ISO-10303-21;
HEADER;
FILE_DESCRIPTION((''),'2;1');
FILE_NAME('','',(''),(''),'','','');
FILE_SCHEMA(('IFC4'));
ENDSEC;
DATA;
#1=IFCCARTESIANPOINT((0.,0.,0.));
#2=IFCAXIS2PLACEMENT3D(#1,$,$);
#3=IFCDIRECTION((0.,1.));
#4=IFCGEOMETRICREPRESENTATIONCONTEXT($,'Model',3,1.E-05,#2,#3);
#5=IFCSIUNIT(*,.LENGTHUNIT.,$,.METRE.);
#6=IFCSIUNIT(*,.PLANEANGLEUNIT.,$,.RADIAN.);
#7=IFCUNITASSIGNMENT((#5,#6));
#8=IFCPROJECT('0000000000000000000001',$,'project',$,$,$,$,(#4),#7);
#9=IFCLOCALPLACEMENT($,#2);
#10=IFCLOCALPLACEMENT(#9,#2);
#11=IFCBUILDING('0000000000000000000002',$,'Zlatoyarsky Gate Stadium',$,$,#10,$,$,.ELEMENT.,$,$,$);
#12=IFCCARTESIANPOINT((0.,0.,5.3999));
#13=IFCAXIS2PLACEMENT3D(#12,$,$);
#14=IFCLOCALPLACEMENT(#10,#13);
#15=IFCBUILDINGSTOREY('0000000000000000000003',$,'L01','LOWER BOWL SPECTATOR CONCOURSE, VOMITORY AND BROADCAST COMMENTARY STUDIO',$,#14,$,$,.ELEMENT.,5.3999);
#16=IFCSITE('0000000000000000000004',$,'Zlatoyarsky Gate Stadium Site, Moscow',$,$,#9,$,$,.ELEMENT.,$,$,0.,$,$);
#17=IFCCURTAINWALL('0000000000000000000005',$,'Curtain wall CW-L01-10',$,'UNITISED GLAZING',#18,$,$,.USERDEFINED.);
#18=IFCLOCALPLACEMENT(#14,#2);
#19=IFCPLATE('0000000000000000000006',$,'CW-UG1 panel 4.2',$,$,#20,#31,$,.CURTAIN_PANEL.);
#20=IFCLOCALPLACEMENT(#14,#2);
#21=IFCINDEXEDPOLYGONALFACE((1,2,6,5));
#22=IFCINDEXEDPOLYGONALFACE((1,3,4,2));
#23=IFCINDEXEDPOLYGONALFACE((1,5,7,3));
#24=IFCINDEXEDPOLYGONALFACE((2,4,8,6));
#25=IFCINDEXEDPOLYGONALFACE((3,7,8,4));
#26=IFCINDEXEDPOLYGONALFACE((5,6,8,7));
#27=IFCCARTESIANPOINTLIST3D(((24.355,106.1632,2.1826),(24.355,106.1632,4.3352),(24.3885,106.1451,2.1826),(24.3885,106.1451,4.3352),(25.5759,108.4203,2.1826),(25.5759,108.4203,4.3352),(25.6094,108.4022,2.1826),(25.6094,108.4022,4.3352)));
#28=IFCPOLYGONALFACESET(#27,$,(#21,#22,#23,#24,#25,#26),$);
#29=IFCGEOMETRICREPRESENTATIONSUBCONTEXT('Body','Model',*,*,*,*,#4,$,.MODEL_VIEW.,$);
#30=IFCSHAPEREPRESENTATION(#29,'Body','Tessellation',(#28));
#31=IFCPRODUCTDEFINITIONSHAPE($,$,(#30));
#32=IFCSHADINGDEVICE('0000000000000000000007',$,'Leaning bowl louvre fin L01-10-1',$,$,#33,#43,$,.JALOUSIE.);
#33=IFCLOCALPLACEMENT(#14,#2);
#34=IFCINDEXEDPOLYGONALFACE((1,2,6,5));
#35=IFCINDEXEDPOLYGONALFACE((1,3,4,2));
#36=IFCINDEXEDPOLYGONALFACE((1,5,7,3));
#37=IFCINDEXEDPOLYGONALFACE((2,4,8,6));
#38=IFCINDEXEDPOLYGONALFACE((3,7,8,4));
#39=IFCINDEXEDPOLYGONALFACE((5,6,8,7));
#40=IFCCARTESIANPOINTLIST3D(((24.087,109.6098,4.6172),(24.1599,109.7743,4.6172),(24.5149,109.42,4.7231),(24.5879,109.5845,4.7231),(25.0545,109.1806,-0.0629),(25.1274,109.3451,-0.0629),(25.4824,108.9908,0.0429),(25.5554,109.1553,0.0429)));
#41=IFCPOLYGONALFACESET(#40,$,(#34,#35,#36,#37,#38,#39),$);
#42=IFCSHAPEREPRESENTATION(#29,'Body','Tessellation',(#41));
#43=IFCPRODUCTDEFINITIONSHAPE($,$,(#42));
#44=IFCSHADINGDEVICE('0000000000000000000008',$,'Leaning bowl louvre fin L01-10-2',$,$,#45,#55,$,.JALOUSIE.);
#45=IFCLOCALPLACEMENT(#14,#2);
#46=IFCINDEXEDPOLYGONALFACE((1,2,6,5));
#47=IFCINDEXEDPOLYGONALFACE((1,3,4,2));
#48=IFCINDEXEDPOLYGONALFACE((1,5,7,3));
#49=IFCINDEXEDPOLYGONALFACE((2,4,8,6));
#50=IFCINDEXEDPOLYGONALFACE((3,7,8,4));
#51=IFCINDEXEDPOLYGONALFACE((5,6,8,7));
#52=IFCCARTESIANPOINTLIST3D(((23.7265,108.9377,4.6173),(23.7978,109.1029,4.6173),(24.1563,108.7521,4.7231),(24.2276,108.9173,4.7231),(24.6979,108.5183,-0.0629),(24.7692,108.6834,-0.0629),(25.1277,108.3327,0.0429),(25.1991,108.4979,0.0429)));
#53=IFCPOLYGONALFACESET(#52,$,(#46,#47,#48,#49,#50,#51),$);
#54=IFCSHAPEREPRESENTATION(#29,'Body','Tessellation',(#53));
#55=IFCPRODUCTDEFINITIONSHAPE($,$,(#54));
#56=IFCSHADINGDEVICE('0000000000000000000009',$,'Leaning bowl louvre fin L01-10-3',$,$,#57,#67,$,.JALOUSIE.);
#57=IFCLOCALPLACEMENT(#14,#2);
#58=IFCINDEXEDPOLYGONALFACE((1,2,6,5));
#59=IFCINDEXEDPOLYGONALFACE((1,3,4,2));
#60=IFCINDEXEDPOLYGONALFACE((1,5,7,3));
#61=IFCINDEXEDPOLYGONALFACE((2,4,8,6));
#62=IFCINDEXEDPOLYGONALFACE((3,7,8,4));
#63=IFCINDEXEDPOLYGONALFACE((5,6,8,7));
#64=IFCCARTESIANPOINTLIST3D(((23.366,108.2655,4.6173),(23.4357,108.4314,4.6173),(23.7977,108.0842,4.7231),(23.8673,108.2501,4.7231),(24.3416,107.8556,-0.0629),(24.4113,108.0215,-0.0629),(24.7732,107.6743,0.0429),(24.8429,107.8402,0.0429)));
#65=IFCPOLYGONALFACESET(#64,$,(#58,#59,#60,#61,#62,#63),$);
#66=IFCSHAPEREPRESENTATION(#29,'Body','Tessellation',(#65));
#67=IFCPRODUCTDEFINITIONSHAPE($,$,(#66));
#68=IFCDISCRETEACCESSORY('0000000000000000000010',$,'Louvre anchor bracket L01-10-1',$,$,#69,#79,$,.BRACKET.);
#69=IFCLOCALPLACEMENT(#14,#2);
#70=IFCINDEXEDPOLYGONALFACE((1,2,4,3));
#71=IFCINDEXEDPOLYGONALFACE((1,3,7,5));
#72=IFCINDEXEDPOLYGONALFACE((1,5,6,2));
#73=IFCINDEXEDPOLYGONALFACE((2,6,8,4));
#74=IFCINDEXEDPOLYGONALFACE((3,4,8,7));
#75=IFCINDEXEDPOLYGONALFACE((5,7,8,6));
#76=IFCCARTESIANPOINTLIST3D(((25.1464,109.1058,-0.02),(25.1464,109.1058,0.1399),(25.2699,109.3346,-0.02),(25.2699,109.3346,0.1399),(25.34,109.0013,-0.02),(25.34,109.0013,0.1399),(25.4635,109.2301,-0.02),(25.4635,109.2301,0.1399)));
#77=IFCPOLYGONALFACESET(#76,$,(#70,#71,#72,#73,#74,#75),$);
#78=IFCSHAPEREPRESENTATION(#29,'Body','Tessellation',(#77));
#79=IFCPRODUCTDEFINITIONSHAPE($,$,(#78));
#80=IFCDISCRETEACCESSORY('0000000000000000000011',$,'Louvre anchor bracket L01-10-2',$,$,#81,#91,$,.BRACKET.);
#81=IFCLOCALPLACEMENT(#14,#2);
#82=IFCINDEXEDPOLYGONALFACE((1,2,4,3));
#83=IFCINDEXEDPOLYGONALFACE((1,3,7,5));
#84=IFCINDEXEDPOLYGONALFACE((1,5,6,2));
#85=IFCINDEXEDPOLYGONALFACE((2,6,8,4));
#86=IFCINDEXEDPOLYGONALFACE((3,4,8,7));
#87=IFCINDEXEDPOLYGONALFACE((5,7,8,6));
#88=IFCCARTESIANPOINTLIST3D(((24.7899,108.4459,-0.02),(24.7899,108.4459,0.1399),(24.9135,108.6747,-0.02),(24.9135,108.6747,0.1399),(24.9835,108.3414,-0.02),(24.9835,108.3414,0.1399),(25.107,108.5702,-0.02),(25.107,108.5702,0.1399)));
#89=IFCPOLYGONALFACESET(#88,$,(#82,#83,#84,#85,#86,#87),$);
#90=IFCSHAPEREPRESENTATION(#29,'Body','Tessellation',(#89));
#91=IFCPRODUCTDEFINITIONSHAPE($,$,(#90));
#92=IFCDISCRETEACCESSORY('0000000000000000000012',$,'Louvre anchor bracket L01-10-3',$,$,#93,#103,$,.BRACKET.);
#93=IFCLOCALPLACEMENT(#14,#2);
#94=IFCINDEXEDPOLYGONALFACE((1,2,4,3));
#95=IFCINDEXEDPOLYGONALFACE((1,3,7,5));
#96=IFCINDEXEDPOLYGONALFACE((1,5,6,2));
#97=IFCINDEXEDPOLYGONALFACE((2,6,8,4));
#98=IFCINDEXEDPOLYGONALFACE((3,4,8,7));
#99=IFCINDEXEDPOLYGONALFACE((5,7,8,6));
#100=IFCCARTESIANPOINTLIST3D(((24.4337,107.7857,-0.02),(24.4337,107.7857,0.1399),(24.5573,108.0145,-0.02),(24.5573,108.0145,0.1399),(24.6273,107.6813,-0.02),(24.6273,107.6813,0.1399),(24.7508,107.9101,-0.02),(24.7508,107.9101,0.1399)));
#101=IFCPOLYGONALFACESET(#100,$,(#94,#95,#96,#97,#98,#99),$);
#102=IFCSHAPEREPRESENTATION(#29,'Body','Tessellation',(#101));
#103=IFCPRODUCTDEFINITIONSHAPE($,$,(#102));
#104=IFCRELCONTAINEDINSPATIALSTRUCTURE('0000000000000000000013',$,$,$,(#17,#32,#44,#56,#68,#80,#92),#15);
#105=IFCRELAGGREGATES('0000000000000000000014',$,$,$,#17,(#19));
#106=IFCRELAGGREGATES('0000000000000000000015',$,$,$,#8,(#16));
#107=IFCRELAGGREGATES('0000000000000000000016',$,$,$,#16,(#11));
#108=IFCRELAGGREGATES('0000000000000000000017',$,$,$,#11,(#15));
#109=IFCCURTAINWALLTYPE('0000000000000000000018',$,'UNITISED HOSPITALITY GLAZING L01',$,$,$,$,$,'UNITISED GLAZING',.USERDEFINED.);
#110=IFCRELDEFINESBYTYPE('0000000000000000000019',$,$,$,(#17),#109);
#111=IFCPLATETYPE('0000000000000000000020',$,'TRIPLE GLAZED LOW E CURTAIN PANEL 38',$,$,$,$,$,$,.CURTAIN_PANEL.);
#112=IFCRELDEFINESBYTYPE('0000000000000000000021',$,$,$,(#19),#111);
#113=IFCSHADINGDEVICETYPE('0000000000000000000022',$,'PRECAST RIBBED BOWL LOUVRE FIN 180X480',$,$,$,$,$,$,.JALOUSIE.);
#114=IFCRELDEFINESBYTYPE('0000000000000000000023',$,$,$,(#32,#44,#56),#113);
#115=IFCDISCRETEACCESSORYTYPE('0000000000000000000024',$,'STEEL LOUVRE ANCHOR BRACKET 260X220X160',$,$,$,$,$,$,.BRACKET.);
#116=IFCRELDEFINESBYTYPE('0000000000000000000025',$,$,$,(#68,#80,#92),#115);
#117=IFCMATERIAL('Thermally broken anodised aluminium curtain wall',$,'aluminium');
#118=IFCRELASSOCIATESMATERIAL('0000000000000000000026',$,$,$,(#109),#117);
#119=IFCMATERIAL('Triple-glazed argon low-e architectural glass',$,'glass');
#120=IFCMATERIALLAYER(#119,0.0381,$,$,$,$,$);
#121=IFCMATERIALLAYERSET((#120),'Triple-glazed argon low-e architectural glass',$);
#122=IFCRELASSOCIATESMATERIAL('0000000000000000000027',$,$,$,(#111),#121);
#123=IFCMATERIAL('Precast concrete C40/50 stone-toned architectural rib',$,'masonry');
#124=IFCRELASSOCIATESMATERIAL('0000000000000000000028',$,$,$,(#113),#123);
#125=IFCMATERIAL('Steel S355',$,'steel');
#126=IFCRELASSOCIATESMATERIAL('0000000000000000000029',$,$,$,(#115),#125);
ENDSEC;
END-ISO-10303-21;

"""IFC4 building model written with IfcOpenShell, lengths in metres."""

from ifc_helpers import new_model, si_unit, direction, frame, origin, origin_2d, place, context, subcontext, project, spatial, rectangle, extrude, material, layer, layer_set, material_profile, profile_set, type_object, element, aggregate, save


model = new_model("IFC4")

# Units and contexts
model_context = context("Model", 3, precision=1e-05, world=origin(), true_north=direction((0.0, 1.0)))
body_context = subcontext(model_context, "Body", "Model", "MODEL_VIEW")
ifc_project = project(units=[si_unit("LENGTHUNIT", "METRE"), si_unit("PLANEANGLEUNIT", "RADIAN")], contexts=[model_context])

# Site, building, storey
site_placement = place(None, origin())
site = spatial("IfcSite", under=ifc_project, at=site_placement, Name="Zlatoyarsky Gate Stadium Site, Moscow", CompositionType="ELEMENT", RefElevation=0.0)
building_placement = place(site_placement, origin())
building = spatial("IfcBuilding", under=site, at=building_placement, Name="Zlatoyarsky Gate Stadium", CompositionType="ELEMENT")
storey_placement = place(building_placement, frame((0.0, 0.0, 5.3999)))
storey = spatial("IfcBuildingStorey", under=building, at=storey_placement, Name="L01", Description="LOWER BOWL SPECTATOR CONCOURSE, VOMITORY AND BROADCAST COMMENTARY STUDIO", CompositionType="ELEMENT", Elevation=5.3999)

# Curtain wall
ifc_material_1 = material(Name="Thermally broken anodised aluminium curtain wall", Category="aluminium")
curtain_wall_type = type_object("IfcCurtainWallType", Name="UNITISED HOSPITALITY GLAZING L01", ElementType="UNITISED GLAZING", PredefinedType="USERDEFINED", material=ifc_material_1)
curtain_wall_placement = place(storey_placement, origin())
curtain_wall = element("IfcCurtainWall", 1, at=curtain_wall_placement, inside=storey, type_object=curtain_wall_type, Name="Curtain wall CW-L01-10", ObjectType="UNITISED GLAZING", PredefinedType="USERDEFINED")

# Shared definitions
ifc_material_2 = material(Name="Steel S355", Category="steel")

# Plate
ifc_material_3 = material(Name="Triple-glazed argon low-e architectural glass", Category="glass")
ifc_layer_1 = layer(ifc_material_3, 0.0381)
ifc_layer_set_1 = layer_set([ifc_layer_1], Name="Triple-glazed argon low-e architectural glass")
plate_type_1 = type_object("IfcPlateType", Name="TRIPLE GLAZED LOW E CURTAIN PANEL 38", PredefinedType="CURTAIN_PANEL", material=ifc_layer_set_1)
plate_1_placement = place(storey_placement, frame((24.9822, 107.2827, 2.1826), z_axis=(0.0, 0.0, 1.0), x_axis=(-0.475784, -0.879562, 0.0)))
plate_1 = element("IfcPlate", 2, at=plate_1_placement, type_object=plate_type_1, Name="CW-UG1 panel 4.2", PredefinedType="CURTAIN_PANEL", context=body_context, shape_type="SweptSolid", body=[
    extrude(rectangle(XDim=2.5662, YDim=0.0381, at=origin_2d()), origin(), (0.0, 0.0, 1.0), 2.1526),
])
aggregate(curtain_wall, [plate_1])

# Shading devices
ifc_material_4 = material(Name="Precast concrete C40/50 stone-toned architectural rib", Category="masonry")
ifc_material_profile_1 = material_profile(ifc_material_4, rectangle(XDim=0.1799, YDim=0.48, at=origin_2d()), Name="RIB 180X480")
ifc_profile_set_1 = profile_set([ifc_material_profile_1], Name="Precast concrete C40/50 stone-toned architectural rib")
shading_device_type = type_object("IfcShadingDeviceType", Name="PRECAST RIBBED BOWL LOUVRE FIN 180X480", PredefinedType="JALOUSIE", material=ifc_profile_set_1)
for number, where, z_axis, x_axis, name in (
    (3, (25.3049, 109.168, -0.01), (-0.201637, 0.089447, 0.975368), (-0.405496, -0.914097, 0.0), "Leaning bowl louvre fin L01-10-1"),
    (4, (24.9485, 108.5081, -0.01), (-0.202454, 0.087413, 0.975383), (-0.396396, -0.91808, 0.0), "Leaning bowl louvre fin L01-10-2"),
    (5, (24.5923, 107.8479, -0.01), (-0.203318, 0.085428, 0.975379), (-0.387366, -0.921926, 0.0), "Leaning bowl louvre fin L01-10-3"),
):
    element("IfcShadingDevice", number, at=place(storey_placement, frame(where, z_axis=z_axis, x_axis=x_axis)), inside=storey, type_object=shading_device_type, Name=name, PredefinedType="JALOUSIE", context=body_context, shape_type="SweptSolid", body=[
        extrude(rectangle(XDim=0.1799, YDim=0.48, at=origin_2d()), origin(), (0.0, 0.0, 1.0), 4.7983),
    ])

# Discrete accessories
discrete_accessory_type = type_object("IfcDiscreteAccessoryType", Name="STEEL LOUVRE ANCHOR BRACKET 260X220X160", PredefinedType="BRACKET", material=ifc_material_2)
for number, where, z_axis, x_axis, name in (
    (6, (25.3049, 109.168, -0.02), (0.0, 0.0, 1.0), (-0.47505, -0.879959, 0.0), "Louvre anchor bracket L01-10-1"),
    (7, (24.9485, 108.5081, -0.02), (0.0, 0.0, 1.0), (-0.47505, -0.879959, 0.0), "Louvre anchor bracket L01-10-2"),
    (8, (24.5923, 107.8479, -0.02), (0.0, 0.0, 1.0), (-0.47505, -0.879959, 0.0), "Louvre anchor bracket L01-10-3"),
):
    element("IfcDiscreteAccessory", number, at=place(storey_placement, frame(where, z_axis=z_axis, x_axis=x_axis)), inside=storey, type_object=discrete_accessory_type, Name=name, PredefinedType="BRACKET", context=body_context, shape_type="SweptSolid", body=[
        extrude(rectangle(XDim=0.26, YDim=0.22, at=origin_2d()), origin(), (0.0, 0.0, 1.0), 0.1599),
    ])

save(model, "model.ifc")
